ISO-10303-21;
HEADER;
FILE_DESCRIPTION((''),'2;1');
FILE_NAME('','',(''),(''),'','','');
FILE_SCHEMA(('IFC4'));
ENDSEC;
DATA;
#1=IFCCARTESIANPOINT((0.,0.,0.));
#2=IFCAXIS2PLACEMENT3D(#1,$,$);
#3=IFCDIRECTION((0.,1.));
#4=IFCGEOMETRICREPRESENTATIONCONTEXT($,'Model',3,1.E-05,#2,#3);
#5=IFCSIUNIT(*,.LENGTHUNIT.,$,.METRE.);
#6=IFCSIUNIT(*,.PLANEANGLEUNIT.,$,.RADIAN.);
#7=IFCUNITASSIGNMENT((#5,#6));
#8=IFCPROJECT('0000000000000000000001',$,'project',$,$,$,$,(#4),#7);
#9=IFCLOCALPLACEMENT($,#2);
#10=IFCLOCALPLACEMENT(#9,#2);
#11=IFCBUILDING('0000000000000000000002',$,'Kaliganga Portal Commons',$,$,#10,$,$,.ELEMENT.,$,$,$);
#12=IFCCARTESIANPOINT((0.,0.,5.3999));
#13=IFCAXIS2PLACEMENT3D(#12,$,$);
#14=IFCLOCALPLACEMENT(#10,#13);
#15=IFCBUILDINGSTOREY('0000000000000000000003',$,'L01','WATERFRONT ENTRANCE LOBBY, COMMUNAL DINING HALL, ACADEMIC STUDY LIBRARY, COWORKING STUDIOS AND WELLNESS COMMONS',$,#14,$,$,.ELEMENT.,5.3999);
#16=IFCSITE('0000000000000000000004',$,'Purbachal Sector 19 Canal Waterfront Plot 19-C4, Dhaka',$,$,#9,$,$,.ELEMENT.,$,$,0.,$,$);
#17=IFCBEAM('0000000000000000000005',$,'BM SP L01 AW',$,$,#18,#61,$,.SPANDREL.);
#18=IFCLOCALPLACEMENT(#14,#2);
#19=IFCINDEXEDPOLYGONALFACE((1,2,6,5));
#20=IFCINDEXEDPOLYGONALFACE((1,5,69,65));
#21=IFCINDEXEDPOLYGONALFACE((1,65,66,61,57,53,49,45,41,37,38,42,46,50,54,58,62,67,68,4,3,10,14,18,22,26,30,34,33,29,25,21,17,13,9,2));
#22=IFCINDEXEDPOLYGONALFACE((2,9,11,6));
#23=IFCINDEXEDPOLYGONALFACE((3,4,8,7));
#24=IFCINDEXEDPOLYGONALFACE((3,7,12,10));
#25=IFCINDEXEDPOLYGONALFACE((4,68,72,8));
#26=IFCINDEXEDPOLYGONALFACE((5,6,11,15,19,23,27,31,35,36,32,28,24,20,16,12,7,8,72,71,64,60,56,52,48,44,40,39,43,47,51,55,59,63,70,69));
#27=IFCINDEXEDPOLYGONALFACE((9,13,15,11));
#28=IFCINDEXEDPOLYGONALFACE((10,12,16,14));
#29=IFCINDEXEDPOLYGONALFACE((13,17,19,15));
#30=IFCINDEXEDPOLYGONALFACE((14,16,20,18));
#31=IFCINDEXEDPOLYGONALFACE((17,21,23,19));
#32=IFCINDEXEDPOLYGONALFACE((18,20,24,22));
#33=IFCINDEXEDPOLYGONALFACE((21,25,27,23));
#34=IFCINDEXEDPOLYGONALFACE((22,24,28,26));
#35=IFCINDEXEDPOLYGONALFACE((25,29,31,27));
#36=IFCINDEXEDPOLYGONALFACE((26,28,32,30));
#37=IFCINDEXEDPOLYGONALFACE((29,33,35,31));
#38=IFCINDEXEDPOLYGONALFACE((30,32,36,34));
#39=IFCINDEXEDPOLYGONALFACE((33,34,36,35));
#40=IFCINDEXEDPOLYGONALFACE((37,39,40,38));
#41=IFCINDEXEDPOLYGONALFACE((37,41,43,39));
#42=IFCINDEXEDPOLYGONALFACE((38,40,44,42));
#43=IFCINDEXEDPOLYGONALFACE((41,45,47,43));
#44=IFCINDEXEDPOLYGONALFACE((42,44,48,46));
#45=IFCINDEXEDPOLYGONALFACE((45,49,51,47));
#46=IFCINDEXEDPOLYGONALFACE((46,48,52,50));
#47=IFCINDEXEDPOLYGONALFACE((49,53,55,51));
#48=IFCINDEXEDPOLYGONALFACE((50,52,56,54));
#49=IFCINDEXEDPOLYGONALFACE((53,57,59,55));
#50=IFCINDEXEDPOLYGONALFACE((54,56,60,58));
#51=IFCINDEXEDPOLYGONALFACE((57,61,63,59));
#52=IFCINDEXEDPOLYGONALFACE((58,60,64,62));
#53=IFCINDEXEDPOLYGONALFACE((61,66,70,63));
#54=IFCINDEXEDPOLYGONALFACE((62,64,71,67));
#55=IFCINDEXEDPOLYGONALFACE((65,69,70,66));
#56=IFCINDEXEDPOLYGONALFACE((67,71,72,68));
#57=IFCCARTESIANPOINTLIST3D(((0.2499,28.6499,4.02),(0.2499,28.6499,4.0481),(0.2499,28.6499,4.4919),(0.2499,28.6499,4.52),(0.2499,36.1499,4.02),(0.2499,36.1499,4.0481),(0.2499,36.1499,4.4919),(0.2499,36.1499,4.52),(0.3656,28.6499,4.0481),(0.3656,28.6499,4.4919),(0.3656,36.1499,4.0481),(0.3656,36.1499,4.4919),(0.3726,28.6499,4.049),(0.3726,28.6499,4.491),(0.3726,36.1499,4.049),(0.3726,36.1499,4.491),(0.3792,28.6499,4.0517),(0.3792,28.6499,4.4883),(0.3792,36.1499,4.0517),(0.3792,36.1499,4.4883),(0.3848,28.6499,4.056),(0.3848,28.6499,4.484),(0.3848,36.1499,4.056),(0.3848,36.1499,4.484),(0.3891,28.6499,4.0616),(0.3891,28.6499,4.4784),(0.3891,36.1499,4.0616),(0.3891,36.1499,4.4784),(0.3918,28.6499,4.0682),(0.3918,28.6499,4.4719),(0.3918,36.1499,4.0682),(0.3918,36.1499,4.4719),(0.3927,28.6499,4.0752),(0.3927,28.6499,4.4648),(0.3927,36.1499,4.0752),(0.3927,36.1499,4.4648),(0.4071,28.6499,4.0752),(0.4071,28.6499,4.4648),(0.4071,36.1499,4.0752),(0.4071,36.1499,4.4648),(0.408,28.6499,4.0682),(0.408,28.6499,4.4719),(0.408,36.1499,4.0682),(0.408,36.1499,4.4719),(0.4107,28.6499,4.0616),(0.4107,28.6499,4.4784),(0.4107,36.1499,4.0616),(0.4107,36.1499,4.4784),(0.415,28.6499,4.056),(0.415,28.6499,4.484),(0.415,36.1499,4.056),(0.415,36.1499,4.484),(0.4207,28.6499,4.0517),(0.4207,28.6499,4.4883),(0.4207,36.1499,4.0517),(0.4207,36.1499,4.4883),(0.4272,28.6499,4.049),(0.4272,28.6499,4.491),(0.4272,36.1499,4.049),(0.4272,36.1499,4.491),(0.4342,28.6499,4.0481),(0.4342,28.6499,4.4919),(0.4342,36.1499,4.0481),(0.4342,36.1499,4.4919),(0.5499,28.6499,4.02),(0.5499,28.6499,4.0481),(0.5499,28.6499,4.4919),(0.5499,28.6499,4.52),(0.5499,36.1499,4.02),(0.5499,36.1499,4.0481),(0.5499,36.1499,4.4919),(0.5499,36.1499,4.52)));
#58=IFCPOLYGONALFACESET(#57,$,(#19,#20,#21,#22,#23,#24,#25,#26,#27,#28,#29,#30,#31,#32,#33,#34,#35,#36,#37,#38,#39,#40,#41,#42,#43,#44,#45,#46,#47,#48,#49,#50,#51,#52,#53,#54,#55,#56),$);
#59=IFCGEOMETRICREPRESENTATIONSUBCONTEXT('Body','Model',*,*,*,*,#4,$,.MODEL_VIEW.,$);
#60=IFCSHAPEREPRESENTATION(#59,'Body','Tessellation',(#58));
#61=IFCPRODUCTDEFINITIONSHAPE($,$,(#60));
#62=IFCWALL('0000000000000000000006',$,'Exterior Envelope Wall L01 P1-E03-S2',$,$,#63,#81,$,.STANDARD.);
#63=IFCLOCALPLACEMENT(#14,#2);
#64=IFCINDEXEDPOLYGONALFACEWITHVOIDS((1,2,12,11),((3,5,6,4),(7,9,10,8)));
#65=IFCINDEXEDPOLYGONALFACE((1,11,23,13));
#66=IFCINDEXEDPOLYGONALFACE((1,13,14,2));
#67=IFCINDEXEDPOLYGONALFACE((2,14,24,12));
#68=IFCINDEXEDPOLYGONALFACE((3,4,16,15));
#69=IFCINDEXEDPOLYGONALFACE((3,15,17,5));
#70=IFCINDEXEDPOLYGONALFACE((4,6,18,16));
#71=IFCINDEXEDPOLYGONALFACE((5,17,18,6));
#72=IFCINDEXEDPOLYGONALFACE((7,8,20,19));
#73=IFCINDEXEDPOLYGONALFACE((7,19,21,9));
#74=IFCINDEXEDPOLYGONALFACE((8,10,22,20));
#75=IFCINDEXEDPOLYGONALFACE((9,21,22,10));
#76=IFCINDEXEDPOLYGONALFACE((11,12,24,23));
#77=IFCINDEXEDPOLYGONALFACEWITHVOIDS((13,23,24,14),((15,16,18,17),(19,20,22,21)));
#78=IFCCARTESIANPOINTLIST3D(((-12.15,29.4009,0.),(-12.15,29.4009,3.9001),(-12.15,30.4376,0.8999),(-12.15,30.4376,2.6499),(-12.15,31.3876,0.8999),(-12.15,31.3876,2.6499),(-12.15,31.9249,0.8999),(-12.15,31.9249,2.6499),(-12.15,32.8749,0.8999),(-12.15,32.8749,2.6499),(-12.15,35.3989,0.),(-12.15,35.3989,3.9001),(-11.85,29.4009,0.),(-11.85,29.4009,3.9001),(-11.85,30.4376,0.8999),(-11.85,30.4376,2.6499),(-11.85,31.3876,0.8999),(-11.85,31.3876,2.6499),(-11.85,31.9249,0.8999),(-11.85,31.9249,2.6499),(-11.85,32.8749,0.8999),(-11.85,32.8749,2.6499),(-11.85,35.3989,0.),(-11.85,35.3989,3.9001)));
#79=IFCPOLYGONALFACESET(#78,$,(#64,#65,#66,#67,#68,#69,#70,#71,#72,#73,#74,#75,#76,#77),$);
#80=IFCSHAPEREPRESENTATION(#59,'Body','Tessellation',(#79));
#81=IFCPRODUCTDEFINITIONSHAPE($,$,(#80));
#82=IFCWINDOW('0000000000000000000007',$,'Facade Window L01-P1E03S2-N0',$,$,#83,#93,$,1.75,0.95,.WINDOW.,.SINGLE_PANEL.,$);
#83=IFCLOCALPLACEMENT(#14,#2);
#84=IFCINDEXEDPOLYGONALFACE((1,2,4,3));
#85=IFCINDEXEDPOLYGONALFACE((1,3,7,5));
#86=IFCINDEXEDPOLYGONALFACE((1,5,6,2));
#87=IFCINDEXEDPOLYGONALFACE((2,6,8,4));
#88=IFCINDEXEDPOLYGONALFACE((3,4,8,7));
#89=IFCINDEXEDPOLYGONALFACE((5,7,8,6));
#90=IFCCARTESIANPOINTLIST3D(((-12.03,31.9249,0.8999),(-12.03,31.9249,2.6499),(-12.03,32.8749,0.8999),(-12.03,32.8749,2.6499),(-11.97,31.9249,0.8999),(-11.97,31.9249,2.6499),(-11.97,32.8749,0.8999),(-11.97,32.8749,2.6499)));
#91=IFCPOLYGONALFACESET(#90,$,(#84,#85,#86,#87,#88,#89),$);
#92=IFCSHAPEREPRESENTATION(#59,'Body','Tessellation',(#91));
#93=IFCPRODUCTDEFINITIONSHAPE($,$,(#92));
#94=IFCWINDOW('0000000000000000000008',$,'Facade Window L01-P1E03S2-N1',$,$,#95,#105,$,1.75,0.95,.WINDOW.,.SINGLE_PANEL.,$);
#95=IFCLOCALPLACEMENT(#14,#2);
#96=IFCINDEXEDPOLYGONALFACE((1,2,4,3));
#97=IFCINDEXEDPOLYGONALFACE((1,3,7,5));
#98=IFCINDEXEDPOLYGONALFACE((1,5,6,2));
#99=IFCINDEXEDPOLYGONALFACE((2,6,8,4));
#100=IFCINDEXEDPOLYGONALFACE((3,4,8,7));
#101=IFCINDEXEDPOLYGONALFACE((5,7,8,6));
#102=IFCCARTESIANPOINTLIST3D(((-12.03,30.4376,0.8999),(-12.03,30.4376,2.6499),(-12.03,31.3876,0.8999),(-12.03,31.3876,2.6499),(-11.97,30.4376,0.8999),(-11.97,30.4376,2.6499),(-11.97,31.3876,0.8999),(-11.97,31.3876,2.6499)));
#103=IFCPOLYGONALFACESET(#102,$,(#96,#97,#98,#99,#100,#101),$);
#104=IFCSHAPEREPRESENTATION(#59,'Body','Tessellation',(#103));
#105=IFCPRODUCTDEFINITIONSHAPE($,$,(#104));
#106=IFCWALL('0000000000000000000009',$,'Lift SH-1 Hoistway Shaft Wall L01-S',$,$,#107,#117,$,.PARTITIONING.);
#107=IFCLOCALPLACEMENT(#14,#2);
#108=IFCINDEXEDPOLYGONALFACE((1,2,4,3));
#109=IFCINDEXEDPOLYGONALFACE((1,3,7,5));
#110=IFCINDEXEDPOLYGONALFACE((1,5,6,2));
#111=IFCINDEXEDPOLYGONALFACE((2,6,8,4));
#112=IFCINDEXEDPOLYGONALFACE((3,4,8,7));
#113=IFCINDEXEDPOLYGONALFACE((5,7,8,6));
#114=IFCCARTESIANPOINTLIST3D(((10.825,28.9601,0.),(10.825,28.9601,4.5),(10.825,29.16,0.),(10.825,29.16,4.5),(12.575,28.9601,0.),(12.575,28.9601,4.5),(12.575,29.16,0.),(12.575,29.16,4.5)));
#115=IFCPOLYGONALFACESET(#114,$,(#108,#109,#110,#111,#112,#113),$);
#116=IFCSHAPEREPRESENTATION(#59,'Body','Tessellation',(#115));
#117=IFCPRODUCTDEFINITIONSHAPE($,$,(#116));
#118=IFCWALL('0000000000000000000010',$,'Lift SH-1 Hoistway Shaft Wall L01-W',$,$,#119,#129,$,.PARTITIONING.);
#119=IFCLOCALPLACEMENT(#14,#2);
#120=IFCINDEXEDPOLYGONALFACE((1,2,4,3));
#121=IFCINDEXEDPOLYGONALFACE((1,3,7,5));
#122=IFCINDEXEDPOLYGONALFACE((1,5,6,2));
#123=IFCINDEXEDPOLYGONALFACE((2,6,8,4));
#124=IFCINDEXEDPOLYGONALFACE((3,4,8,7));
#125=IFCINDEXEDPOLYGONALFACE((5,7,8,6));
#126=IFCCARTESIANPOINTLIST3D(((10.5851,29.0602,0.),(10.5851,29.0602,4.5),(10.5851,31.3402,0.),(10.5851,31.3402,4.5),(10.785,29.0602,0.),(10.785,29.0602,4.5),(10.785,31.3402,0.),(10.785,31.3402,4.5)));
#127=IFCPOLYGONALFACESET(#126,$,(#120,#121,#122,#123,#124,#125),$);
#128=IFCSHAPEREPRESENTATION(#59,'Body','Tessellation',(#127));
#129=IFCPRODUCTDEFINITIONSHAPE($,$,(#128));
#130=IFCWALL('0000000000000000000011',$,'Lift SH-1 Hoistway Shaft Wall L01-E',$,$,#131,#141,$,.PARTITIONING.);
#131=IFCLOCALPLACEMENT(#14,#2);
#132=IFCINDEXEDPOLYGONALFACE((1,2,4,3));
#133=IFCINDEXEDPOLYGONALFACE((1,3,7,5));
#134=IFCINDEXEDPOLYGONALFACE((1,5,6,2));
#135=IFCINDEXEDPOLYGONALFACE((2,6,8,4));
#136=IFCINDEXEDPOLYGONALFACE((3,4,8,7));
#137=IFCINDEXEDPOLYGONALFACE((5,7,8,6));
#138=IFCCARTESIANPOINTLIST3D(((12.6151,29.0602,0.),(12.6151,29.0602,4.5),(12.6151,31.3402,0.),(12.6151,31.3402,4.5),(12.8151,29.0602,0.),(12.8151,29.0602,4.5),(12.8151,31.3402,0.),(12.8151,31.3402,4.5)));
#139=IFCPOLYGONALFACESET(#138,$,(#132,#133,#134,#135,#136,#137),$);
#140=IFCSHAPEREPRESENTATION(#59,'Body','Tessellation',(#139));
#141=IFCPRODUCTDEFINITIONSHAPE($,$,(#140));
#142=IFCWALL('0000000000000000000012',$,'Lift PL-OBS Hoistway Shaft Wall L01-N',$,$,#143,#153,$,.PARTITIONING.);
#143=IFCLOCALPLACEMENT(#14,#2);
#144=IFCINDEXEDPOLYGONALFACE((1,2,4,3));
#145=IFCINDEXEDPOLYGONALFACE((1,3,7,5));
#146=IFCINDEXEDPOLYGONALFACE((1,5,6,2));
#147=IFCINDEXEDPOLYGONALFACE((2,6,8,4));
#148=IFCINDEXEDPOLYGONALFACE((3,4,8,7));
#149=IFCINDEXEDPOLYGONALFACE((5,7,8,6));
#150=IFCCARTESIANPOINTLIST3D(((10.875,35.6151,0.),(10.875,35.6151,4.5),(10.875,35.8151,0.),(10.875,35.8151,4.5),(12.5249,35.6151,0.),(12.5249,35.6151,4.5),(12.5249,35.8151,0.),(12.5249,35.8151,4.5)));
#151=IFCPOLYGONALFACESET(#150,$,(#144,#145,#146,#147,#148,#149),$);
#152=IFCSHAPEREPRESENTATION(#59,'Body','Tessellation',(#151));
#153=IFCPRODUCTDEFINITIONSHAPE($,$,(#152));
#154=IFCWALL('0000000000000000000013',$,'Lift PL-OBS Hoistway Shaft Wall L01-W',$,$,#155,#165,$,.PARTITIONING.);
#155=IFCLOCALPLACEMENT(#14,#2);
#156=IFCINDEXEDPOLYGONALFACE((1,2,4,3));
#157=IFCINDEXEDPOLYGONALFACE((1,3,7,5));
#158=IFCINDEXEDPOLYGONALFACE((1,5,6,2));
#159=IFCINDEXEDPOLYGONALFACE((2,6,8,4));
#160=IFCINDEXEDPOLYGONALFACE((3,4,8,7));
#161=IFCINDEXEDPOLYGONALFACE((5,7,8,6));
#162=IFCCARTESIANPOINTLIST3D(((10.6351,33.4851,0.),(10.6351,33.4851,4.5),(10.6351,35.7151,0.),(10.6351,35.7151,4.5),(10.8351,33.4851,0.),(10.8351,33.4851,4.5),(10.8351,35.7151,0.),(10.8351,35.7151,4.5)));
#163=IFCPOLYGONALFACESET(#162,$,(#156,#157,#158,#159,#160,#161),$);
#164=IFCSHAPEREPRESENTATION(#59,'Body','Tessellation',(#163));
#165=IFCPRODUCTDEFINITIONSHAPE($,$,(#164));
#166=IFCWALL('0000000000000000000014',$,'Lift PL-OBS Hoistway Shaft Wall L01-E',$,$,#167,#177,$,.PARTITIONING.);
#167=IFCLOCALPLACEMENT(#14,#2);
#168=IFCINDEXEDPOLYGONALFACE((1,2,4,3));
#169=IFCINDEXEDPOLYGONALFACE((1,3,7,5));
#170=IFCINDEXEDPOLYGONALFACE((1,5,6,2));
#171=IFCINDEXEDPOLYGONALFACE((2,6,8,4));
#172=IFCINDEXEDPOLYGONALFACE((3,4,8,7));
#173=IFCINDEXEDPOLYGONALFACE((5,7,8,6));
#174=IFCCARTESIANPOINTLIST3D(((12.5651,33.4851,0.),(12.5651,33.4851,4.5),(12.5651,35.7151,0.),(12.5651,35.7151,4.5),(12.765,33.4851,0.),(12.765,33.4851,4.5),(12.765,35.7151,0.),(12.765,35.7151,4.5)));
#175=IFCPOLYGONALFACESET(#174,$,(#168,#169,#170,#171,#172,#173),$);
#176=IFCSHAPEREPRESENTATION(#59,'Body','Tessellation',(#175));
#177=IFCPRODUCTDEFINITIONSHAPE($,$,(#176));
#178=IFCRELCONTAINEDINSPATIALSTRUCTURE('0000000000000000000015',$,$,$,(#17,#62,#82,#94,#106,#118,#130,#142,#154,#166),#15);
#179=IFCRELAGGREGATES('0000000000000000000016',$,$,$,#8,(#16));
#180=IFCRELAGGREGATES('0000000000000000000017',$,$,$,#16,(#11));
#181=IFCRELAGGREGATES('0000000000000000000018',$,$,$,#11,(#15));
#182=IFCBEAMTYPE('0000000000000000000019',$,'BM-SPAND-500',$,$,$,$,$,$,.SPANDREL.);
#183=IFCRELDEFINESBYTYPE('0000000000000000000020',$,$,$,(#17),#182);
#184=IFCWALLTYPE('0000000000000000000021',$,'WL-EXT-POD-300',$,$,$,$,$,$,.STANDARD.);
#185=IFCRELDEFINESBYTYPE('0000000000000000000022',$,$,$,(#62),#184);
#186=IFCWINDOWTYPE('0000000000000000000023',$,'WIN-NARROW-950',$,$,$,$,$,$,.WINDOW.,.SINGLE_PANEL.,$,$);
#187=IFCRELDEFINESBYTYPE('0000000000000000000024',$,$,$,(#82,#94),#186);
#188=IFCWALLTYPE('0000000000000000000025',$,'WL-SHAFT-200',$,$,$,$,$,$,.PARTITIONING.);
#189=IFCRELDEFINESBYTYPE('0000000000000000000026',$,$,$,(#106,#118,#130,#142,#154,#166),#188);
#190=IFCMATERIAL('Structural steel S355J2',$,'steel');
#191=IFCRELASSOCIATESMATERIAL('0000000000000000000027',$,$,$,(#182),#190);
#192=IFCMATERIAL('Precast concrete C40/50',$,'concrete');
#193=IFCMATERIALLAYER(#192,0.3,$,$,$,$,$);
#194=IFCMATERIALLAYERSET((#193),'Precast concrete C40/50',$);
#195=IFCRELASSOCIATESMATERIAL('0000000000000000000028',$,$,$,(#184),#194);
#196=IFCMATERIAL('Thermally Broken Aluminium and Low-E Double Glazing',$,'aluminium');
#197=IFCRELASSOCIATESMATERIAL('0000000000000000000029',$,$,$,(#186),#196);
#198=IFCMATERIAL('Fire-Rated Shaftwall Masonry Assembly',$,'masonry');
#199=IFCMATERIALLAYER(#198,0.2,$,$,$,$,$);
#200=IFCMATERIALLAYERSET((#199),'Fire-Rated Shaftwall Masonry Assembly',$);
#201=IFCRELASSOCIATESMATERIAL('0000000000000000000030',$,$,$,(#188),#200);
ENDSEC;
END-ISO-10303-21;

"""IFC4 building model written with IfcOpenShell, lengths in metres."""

from ifc_helpers import new_model, si_unit, direction, frame, frame_2d, origin, origin_2d, place, context, subcontext, project, spatial, rectangle, i_section, extrude, source, transform, mapped, material, layer, layer_set, material_profile, profile_set, type_object, element, fill, save


model = new_model("IFC4")

# Units and contexts
model_context = context("Model", 3, precision=1e-05, world=origin(), true_north=direction((0.0, 1.0)))
body_context = subcontext(model_context, "Body", "Model", "MODEL_VIEW")
ifc_project = project(units=[si_unit("LENGTHUNIT", "METRE"), si_unit("PLANEANGLEUNIT", "RADIAN")], contexts=[model_context])

# Site, building, storey
site_placement = place(None, origin())
site = spatial("IfcSite", under=ifc_project, at=site_placement, Name="Purbachal Sector 19 Canal Waterfront Plot 19-C4, Dhaka", CompositionType="ELEMENT", RefElevation=0.0)
building_placement = place(site_placement, origin())
building = spatial("IfcBuilding", under=site, at=building_placement, Name="Kaliganga Portal Commons", CompositionType="ELEMENT")
storey_placement = place(building_placement, frame((0.0, 0.0, 5.3999)))
storey = spatial("IfcBuildingStorey", under=building, at=storey_placement, Name="L01", Description="WATERFRONT ENTRANCE LOBBY, COMMUNAL DINING HALL, ACADEMIC STUDY LIBRARY, COWORKING STUDIOS AND WELLNESS COMMONS", CompositionType="ELEMENT", Elevation=5.3999)

# Beam
ifc_material_1 = material(Name="Structural steel S355J2", Category="steel")
ifc_material_profile_1 = material_profile(ifc_material_1, i_section(OverallWidth=0.3, OverallDepth=0.5, WebThickness=0.0144, FlangeThickness=0.0281, FilletRadius=0.0271, at=origin_2d()), Name="HE 500 B")
ifc_profile_set_1 = profile_set([ifc_material_profile_1], Name="Structural steel S355J2 wide-flange")
beam_type_1 = type_object("IfcBeamType", Name="BM-SPAND-500", PredefinedType="SPANDREL", material=ifc_profile_set_1)
shared_shape_1 = source(origin(), body_context, "Body", "SweptSolid", [
    extrude(i_section(OverallWidth=0.3, OverallDepth=0.5, WebThickness=0.0144, FlangeThickness=0.0281, FilletRadius=0.0271, at=origin_2d()), origin(), (0.0, 0.0, 1.0), 7.5),
])
beam_1_placement = place(storey_placement, frame((0.3999, 28.6499, 4.27), z_axis=(0.0, 1.0, 0.0), x_axis=(-1.0, 0.0, 0.0)))
element("IfcBeam", 1, at=beam_1_placement, inside=storey, type_object=beam_type_1, Name="BM SP L01 AW", PredefinedType="SPANDREL", context=body_context, shape_type="MappedRepresentation", body=[
    mapped(shared_shape_1, transform((0.0, 0.0, 0.0), x_axis=(1.0, 0.0, 0.0), y_axis=(0.0, 1.0, 0.0), z_axis=(0.0, 0.0, 1.0), scale=1.0)),
])

# Wall, openings, windows
ifc_material_2 = material(Name="Precast concrete C40/50", Category="concrete")
ifc_layer_1 = layer(ifc_material_2, 0.3)
ifc_layer_set_1 = layer_set([ifc_layer_1], Name="Precast concrete C40/50")
wall_type_1 = type_object("IfcWallType", Name="WL-EXT-POD-300", PredefinedType="STANDARD", material=ifc_layer_set_1)
wall_1_placement = place(storey_placement, frame((-12.0, 29.4009, 0.0), z_axis=(0.0, 0.0, 1.0), x_axis=(0.0, 1.0, 0.0)))
wall_1 = element("IfcWall", 2, at=wall_1_placement, inside=storey, type_object=wall_type_1, Name="Exterior Envelope Wall L01 P1-E03-S2", PredefinedType="STANDARD", context=body_context, shape_type="SweptSolid", body=[
    extrude(rectangle(XDim=5.998, YDim=0.3, at=frame_2d((2.999, 0.0))), origin(), (0.0, 0.0, 1.0), 3.9001),
])
opening_1_placement = place(wall_1_placement, frame((2.5239, 0.0, 0.8999)))
opening_1 = element("IfcOpeningElement", 3, at=opening_1_placement, cuts=wall_1, PredefinedType="OPENING", context=body_context, shape_type="SweptSolid", body=[
    extrude(rectangle(XDim=0.95, YDim=1.75, at=frame_2d((0.4751, 0.875))), frame((0.0, 0.1602, 0.0), z_axis=(0.0, -1.0, 0.0), x_axis=(1.0, 0.0, 0.0)), (0.0, 0.0, 1.0), 0.3201),
])
opening_2_placement = place(wall_1_placement, frame((1.0366, 0.0, 0.8999)))
opening_2 = element("IfcOpeningElement", 4, at=opening_2_placement, cuts=wall_1, PredefinedType="OPENING", context=body_context, shape_type="SweptSolid", body=[
    extrude(rectangle(XDim=0.95, YDim=1.75, at=frame_2d((0.4751, 0.875))), frame((0.0, 0.1602, 0.0), z_axis=(0.0, -1.0, 0.0), x_axis=(1.0, 0.0, 0.0)), (0.0, 0.0, 1.0), 0.3201),
])
ifc_material_3 = material(Name="Thermally Broken Aluminium and Low-E Double Glazing", Category="aluminium")
window_type = type_object("IfcWindowType", Name="WIN-NARROW-950", PartitioningType="SINGLE_PANEL", PredefinedType="WINDOW", material=ifc_material_3)
window_1_placement = place(opening_1_placement, origin())
window_1 = element("IfcWindow", 5, at=window_1_placement, inside=storey, type_object=window_type, Name="Facade Window L01-P1E03S2-N0", OverallHeight=1.75, OverallWidth=0.95, PartitioningType="SINGLE_PANEL", PredefinedType="WINDOW", context=body_context, shape_type="SweptSolid", body=[
    extrude(rectangle(XDim=0.95, YDim=1.75, at=frame_2d((0.4751, 0.875))), frame((0.0, 0.03, 0.0), z_axis=(0.0, -1.0, 0.0), x_axis=(1.0, 0.0, 0.0)), (0.0, 0.0, 1.0), 0.0601),
])
fill(opening_1, window_1)
window_2_placement = place(opening_2_placement, origin())
window_2 = element("IfcWindow", 6, at=window_2_placement, inside=storey, type_object=window_type, Name="Facade Window L01-P1E03S2-N1", OverallHeight=1.75, OverallWidth=0.95, PartitioningType="SINGLE_PANEL", PredefinedType="WINDOW", context=body_context, shape_type="SweptSolid", body=[
    extrude(rectangle(XDim=0.95, YDim=1.75, at=frame_2d((0.4751, 0.875))), frame((0.0, 0.03, 0.0), z_axis=(0.0, -1.0, 0.0), x_axis=(1.0, 0.0, 0.0)), (0.0, 0.0, 1.0), 0.0601),
])
fill(opening_2, window_2)

# Wall
ifc_material_4 = material(Name="Fire-Rated Shaftwall Masonry Assembly", Category="masonry")
ifc_layer_2 = layer(ifc_material_4, 0.2)
ifc_layer_set_2 = layer_set([ifc_layer_2], Name="Fire-Rated Shaftwall Masonry Assembly")
wall_type_2 = type_object("IfcWallType", Name="WL-SHAFT-200", PredefinedType="PARTITIONING", material=ifc_layer_set_2)
wall_2_placement = place(storey_placement, frame((10.825, 29.0601, 0.0), z_axis=(0.0, 0.0, 1.0), x_axis=(1.0, 0.0, 0.0)))
element("IfcWall", 7, at=wall_2_placement, inside=storey, type_object=wall_type_2, Name="Lift SH-1 Hoistway Shaft Wall L01-S", PredefinedType="PARTITIONING", context=body_context, shape_type="SweptSolid", body=[
    extrude(rectangle(XDim=1.75, YDim=0.2, at=frame_2d((0.875, 0.0))), origin(), (0.0, 0.0, 1.0), 4.5),
])

# Walls
for number, where, z_axis, x_axis, name in (
    (8, (10.6851, 29.0601, 0.0), (0.0, 0.0, 1.0), (0.0, 1.0, 0.0), "Lift SH-1 Hoistway Shaft Wall L01-W"),
    (9, (12.7151, 29.0601, 0.0), (0.0, 0.0, 1.0), (0.0, 1.0, 0.0), "Lift SH-1 Hoistway Shaft Wall L01-E"),
):
    element("IfcWall", number, at=place(storey_placement, frame(where, z_axis=z_axis, x_axis=x_axis)), inside=storey, type_object=wall_type_2, Name=name, PredefinedType="PARTITIONING", context=body_context, shape_type="SweptSolid", body=[
        extrude(rectangle(XDim=2.28, YDim=0.2, at=frame_2d((1.1401, 0.0))), origin(), (0.0, 0.0, 1.0), 4.5),
    ])

# Walls
wall_3_placement = place(storey_placement, frame((10.875, 35.7151, 0.0), z_axis=(0.0, 0.0, 1.0), x_axis=(1.0, 0.0, 0.0)))
element("IfcWall", 10, at=wall_3_placement, inside=storey, type_object=wall_type_2, Name="Lift PL-OBS Hoistway Shaft Wall L01-N", PredefinedType="PARTITIONING", context=body_context, shape_type="SweptSolid", body=[
    extrude(rectangle(XDim=1.6499, YDim=0.2, at=frame_2d((0.825, 0.0))), origin(), (0.0, 0.0, 1.0), 4.5),
])
for number, where, z_axis, x_axis, name in (
    (11, (10.7351, 33.4851, 0.0), (0.0, 0.0, 1.0), (0.0, 1.0, 0.0), "Lift PL-OBS Hoistway Shaft Wall L01-W"),
    (12, (12.665, 33.4851, 0.0), (0.0, 0.0, 1.0), (0.0, 1.0, 0.0), "Lift PL-OBS Hoistway Shaft Wall L01-E"),
):
    element("IfcWall", number, at=place(storey_placement, frame(where, z_axis=z_axis, x_axis=x_axis)), inside=storey, type_object=wall_type_2, Name=name, PredefinedType="PARTITIONING", context=body_context, shape_type="SweptSolid", body=[
        extrude(rectangle(XDim=2.23, YDim=0.2, at=frame_2d((1.115, 0.0))), origin(), (0.0, 0.0, 1.0), 4.5),
    ])

save(model, "model.ifc")
